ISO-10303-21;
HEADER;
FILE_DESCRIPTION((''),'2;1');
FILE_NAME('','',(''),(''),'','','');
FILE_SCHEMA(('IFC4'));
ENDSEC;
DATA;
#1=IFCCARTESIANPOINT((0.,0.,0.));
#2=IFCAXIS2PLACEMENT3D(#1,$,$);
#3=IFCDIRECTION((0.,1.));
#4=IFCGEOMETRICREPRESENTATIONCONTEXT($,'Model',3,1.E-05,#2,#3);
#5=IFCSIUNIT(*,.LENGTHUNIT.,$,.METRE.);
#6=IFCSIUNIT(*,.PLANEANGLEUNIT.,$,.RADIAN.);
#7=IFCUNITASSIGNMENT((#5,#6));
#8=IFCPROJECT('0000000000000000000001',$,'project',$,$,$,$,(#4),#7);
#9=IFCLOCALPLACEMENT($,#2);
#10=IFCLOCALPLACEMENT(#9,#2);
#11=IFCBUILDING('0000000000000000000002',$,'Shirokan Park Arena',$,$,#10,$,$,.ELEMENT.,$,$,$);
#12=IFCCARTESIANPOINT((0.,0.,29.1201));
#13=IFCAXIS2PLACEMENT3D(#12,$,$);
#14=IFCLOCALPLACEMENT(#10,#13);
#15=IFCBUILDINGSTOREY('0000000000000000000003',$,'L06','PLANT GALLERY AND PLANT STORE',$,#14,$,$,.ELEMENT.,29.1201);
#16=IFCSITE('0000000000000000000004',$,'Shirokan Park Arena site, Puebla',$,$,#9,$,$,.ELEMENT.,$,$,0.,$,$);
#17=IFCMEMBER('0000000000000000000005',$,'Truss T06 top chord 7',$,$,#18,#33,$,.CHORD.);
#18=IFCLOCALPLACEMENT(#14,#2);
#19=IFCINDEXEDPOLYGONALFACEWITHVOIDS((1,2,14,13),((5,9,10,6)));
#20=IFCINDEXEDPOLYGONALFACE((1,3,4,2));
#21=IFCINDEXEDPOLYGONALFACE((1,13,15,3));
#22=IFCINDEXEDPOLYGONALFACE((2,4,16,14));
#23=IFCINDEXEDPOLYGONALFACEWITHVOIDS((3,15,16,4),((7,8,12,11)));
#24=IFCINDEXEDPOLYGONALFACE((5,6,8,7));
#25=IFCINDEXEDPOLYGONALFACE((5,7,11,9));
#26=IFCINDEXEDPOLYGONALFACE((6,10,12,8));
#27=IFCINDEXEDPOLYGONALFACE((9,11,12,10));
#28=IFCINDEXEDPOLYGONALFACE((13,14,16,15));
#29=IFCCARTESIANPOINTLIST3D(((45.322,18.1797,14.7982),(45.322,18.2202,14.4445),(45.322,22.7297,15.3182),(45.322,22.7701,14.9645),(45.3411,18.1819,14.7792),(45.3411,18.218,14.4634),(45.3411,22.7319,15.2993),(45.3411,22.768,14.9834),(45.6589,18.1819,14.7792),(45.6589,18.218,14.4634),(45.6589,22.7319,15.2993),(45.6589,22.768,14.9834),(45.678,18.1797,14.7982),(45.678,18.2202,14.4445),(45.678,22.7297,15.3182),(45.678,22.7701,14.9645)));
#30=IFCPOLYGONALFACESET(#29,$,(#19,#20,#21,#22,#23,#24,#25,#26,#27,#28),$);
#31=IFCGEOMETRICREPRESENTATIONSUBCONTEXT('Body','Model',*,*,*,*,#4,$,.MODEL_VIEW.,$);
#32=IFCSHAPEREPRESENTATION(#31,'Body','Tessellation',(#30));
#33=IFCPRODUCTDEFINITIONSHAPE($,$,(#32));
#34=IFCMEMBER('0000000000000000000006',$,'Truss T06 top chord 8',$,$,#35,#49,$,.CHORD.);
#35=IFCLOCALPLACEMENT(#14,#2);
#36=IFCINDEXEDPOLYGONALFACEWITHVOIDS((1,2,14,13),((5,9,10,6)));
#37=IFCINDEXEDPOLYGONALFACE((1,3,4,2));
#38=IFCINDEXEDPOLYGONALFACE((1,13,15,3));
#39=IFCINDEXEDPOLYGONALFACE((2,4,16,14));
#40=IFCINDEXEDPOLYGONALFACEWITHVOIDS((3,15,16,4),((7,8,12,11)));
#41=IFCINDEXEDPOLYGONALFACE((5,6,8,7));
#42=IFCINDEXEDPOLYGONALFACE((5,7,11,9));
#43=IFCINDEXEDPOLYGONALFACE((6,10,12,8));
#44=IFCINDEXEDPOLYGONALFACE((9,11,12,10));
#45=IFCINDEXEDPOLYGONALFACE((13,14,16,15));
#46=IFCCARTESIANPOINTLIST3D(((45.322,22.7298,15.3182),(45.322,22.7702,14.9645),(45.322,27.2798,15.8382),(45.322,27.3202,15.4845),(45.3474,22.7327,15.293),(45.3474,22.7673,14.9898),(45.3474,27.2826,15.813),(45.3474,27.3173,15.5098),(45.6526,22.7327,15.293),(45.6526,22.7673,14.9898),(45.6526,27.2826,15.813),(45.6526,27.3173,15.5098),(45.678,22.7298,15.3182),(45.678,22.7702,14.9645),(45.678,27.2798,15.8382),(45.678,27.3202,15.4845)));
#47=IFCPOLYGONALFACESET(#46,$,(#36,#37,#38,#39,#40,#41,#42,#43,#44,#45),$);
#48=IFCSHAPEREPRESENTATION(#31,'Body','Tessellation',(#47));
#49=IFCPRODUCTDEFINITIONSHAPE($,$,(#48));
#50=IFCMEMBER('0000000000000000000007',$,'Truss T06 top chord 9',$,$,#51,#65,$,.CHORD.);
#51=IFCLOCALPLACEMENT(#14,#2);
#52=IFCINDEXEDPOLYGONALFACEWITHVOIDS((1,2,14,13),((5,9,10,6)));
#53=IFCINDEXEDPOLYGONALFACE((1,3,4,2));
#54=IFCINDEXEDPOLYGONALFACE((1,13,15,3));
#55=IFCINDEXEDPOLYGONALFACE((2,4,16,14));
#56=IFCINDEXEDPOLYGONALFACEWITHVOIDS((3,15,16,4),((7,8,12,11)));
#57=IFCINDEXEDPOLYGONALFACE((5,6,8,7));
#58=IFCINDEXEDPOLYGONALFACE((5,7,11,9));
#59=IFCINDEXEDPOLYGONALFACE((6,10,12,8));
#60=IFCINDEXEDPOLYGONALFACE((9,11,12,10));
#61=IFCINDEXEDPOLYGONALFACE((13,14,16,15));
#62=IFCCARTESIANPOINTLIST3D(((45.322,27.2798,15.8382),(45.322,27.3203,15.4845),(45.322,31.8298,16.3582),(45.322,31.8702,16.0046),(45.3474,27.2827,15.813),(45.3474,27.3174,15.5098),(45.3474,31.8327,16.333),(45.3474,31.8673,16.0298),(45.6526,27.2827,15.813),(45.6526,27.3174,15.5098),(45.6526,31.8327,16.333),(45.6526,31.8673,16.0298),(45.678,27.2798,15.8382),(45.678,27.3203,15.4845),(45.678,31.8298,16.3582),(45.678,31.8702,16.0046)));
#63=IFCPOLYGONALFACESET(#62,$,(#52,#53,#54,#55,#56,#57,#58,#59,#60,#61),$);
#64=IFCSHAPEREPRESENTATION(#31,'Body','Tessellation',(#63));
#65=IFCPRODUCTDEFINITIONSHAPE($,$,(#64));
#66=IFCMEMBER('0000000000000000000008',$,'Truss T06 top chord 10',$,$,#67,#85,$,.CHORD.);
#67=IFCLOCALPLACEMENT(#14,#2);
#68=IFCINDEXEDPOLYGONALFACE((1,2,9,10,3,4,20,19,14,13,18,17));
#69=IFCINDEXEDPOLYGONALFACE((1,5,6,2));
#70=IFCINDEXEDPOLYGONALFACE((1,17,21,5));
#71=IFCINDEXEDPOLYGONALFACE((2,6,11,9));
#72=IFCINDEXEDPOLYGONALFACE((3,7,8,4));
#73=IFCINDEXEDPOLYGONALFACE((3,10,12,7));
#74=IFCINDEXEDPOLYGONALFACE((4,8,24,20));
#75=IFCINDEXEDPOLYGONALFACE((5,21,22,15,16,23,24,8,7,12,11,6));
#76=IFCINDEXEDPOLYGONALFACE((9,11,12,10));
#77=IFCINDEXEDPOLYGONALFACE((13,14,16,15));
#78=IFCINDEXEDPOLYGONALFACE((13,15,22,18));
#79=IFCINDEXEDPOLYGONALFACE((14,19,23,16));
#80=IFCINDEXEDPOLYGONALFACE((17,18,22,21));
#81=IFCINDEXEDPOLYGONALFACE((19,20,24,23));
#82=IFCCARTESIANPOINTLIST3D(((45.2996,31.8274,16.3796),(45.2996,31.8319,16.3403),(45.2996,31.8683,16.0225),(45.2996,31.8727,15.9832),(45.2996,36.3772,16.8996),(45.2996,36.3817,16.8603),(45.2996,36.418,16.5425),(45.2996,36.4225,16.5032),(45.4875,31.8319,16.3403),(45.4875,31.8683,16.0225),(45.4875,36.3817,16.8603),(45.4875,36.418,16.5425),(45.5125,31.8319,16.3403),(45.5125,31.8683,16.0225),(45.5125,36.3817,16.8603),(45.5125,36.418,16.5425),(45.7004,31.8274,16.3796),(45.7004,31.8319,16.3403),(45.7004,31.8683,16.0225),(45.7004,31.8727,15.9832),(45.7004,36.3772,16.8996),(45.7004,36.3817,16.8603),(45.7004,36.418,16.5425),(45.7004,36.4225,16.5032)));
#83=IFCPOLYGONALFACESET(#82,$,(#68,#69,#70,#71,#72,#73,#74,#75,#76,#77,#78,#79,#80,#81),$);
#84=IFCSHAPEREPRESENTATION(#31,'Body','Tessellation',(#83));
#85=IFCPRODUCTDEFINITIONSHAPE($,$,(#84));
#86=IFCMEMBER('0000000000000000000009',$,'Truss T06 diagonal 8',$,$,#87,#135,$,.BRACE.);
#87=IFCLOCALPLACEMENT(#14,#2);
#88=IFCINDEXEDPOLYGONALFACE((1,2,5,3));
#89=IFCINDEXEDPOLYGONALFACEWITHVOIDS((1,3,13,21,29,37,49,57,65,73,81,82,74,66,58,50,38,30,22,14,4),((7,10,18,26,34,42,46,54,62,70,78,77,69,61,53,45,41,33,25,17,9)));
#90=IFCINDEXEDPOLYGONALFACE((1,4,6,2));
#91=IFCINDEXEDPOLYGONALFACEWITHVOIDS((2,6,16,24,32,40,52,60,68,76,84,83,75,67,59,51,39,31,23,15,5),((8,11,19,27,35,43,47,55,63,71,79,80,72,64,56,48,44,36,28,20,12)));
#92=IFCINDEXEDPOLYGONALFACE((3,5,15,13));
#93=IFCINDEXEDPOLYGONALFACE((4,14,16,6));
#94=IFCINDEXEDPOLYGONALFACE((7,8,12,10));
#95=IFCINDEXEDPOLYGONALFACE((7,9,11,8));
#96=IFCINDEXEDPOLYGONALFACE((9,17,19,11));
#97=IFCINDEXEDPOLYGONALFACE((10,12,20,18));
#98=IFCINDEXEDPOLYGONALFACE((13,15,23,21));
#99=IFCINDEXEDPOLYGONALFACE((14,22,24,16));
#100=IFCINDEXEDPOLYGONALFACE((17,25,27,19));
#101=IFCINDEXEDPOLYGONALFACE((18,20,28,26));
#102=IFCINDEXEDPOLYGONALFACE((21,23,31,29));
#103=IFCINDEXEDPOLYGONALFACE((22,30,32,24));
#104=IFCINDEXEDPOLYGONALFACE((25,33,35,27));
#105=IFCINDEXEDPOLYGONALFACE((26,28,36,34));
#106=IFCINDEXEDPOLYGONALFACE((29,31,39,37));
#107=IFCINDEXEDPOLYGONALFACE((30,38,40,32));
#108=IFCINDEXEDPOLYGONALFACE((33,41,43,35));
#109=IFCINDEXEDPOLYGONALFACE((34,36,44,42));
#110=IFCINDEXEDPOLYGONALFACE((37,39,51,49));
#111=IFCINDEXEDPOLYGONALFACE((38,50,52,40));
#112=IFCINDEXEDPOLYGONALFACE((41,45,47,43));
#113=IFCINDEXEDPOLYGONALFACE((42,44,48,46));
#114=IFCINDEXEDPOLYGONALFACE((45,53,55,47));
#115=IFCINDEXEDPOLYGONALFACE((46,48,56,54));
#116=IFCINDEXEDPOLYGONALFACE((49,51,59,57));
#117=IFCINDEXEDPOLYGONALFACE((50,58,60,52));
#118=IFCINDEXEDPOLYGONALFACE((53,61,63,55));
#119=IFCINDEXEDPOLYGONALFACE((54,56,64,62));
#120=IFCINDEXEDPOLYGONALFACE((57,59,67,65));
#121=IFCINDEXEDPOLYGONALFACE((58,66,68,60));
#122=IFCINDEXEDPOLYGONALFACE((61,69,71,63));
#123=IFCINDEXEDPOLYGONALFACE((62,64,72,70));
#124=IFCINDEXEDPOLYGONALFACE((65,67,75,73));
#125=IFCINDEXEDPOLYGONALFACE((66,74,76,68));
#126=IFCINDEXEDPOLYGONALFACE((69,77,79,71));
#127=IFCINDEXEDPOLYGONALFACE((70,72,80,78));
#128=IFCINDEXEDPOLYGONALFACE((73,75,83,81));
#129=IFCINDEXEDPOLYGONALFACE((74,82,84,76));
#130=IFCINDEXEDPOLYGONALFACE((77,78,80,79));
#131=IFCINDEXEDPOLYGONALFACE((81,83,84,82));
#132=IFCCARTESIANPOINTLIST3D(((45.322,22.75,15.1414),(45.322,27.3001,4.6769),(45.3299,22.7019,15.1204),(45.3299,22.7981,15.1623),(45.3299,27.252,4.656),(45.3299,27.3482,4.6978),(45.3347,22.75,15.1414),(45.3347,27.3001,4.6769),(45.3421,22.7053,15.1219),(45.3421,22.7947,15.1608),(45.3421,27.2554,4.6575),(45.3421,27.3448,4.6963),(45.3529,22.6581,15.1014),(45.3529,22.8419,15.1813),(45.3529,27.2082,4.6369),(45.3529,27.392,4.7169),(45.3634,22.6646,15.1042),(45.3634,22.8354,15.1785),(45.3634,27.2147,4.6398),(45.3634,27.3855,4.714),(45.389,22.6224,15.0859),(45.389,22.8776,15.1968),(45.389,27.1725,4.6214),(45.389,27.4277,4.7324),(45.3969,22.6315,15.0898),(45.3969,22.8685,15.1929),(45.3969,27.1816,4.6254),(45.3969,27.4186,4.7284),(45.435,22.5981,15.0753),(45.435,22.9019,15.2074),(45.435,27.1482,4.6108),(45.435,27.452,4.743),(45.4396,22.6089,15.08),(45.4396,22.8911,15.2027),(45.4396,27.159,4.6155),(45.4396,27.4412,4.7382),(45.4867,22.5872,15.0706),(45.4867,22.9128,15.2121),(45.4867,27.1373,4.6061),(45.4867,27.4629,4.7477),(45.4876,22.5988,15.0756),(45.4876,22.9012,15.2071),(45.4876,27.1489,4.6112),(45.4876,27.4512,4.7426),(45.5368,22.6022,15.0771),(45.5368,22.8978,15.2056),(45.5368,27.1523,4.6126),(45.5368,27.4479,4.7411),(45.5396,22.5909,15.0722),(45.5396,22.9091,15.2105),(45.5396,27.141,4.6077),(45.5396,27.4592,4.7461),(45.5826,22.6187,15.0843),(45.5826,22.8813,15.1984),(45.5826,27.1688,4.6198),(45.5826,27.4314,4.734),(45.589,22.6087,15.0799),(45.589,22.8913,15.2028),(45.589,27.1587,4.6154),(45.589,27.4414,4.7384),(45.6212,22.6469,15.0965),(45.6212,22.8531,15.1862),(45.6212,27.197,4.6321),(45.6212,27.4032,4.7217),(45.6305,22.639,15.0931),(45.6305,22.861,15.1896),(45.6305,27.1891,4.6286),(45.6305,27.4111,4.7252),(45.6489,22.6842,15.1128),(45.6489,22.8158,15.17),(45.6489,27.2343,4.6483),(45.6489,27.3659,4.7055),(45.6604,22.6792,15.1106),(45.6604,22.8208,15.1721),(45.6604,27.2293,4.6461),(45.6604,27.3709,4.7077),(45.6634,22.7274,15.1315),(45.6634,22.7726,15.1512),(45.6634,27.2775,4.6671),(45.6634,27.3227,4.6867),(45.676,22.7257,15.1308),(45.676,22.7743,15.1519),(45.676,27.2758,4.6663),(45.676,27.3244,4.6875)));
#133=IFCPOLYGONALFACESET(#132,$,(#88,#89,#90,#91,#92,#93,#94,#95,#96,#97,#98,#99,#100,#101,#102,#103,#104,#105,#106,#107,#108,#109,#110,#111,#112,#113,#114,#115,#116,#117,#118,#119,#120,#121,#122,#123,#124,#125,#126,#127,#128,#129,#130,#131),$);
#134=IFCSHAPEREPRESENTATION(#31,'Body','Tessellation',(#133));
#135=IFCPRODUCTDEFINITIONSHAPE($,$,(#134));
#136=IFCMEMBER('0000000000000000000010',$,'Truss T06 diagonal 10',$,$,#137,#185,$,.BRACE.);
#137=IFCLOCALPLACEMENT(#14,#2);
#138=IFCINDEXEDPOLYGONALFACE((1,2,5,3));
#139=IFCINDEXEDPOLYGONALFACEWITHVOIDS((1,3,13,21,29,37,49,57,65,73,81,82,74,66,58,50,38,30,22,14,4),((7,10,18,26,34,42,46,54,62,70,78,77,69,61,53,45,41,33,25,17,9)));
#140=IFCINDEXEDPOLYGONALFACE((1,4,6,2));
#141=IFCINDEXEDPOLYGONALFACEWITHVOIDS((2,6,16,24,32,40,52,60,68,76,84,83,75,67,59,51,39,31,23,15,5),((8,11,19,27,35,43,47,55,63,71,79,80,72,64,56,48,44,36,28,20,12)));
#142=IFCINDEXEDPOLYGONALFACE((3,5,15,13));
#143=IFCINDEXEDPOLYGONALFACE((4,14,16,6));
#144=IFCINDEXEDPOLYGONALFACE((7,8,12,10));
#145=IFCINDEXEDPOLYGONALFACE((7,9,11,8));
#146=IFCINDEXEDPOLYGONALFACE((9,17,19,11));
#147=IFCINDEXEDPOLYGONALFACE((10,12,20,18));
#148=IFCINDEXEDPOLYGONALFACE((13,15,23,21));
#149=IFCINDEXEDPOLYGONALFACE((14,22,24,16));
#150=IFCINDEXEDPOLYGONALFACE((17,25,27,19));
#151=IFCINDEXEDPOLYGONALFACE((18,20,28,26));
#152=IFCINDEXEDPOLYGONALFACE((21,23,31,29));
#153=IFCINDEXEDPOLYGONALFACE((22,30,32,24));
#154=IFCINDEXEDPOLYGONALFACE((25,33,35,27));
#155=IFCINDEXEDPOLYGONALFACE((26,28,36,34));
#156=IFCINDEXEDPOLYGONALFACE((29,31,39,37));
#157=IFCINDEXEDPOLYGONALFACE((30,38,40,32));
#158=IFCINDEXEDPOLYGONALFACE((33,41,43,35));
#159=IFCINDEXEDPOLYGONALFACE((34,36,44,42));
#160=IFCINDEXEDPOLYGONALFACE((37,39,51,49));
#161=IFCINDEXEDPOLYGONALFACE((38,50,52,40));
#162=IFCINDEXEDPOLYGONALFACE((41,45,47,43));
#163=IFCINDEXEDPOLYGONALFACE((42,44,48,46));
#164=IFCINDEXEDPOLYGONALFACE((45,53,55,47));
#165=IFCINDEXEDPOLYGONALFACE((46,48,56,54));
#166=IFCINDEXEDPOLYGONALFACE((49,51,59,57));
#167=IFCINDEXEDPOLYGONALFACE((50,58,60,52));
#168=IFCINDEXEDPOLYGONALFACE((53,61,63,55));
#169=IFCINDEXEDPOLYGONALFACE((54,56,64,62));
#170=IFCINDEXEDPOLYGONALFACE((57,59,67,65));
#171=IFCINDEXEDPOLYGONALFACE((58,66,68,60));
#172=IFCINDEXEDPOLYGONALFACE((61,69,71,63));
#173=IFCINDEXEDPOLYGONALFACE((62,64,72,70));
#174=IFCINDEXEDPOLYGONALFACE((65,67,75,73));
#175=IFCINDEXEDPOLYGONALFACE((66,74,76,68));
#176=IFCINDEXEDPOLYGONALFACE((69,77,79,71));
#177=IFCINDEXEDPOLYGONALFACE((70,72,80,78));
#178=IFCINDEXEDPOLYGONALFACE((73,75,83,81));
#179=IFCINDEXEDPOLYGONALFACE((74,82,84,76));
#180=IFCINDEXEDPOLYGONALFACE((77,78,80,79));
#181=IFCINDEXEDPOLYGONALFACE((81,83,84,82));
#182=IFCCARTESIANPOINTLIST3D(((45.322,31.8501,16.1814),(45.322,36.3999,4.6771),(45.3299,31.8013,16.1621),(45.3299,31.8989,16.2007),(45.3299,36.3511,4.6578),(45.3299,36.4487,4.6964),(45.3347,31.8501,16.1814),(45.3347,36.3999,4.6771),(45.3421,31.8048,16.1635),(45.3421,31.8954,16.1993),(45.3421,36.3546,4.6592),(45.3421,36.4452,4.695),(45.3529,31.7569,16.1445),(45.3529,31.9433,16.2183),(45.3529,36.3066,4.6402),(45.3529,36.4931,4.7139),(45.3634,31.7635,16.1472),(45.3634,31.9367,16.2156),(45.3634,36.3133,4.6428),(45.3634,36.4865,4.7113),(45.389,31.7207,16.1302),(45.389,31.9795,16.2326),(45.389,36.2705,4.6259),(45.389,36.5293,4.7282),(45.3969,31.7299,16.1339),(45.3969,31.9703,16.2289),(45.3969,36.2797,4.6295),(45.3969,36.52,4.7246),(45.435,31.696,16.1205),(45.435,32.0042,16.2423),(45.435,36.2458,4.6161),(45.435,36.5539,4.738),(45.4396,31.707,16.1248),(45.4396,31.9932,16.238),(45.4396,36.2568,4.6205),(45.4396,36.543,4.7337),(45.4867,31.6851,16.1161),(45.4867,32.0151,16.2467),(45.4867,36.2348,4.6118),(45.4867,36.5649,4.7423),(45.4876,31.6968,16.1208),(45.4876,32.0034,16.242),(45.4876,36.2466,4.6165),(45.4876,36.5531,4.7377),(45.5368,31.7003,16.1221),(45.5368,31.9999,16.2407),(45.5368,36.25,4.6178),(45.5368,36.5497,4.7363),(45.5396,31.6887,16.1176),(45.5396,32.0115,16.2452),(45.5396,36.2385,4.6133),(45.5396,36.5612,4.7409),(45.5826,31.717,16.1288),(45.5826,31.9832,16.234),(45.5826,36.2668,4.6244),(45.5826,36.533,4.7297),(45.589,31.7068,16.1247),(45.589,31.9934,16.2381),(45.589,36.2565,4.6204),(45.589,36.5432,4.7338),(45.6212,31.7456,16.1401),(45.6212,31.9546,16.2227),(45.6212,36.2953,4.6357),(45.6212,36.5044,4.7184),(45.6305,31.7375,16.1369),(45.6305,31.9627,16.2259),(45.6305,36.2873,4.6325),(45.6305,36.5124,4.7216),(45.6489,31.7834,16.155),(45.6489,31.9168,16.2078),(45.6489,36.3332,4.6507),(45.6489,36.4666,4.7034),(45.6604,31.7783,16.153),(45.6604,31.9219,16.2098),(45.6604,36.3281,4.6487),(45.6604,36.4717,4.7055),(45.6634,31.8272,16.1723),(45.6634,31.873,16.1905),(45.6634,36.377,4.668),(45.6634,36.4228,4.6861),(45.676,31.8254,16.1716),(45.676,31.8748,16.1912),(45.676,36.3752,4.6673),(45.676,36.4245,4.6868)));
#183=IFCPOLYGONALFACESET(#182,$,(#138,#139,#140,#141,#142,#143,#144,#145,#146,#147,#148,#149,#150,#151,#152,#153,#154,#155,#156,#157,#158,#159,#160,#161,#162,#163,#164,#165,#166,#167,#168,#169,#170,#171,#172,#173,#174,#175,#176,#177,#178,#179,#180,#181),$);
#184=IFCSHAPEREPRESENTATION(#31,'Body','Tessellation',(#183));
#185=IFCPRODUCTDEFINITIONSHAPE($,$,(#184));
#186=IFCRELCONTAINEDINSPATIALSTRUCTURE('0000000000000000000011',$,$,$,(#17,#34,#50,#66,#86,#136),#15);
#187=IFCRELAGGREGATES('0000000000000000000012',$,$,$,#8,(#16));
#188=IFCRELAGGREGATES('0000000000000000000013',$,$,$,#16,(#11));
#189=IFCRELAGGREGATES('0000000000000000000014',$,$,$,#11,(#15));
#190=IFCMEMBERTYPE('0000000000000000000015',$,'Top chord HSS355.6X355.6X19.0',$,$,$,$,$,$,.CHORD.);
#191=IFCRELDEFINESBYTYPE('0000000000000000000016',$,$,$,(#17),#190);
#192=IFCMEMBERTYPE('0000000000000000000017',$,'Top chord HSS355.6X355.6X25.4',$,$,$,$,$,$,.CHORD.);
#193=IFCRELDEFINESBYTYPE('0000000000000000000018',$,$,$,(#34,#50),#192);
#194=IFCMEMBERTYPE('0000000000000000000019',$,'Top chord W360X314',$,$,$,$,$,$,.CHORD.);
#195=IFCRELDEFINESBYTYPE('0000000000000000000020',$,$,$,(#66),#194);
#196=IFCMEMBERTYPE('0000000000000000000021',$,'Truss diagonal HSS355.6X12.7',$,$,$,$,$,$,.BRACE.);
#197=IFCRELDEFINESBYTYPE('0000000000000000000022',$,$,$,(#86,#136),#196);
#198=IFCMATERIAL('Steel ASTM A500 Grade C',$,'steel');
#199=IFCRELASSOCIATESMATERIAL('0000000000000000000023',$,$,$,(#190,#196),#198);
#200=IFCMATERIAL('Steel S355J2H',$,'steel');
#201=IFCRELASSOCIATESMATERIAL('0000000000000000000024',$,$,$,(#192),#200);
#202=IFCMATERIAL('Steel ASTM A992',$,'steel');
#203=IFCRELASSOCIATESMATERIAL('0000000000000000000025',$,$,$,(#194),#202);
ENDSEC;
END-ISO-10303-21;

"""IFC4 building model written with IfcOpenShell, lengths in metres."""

from ifc_helpers import new_model, si_unit, direction, frame, origin, origin_2d, place, context, subcontext, project, spatial, hollow_rectangle, hollow_circle, i_section, extrude, material, material_profile, profile_set, type_object, element, save


model = new_model("IFC4")

# Units and contexts
model_context = context("Model", 3, precision=1e-05, world=origin(), true_north=direction((0.0, 1.0)))
body_context = subcontext(model_context, "Body", "Model", "MODEL_VIEW")
ifc_project = project(units=[si_unit("LENGTHUNIT", "METRE"), si_unit("PLANEANGLEUNIT", "RADIAN")], contexts=[model_context])

# Site, building, storey
site_placement = place(None, origin())
site = spatial("IfcSite", under=ifc_project, at=site_placement, Name="Shirokan Park Arena site, Puebla", CompositionType="ELEMENT", RefElevation=0.0)
building_placement = place(site_placement, origin())
building = spatial("IfcBuilding", under=site, at=building_placement, Name="Shirokan Park Arena", CompositionType="ELEMENT")
storey_placement = place(building_placement, frame((0.0, 0.0, 29.1201)))
storey = spatial("IfcBuildingStorey", under=building, at=storey_placement, Name="L06", Description="PLANT GALLERY AND PLANT STORE", CompositionType="ELEMENT", Elevation=29.1201)

# Members
ifc_material_1 = material(Name="Steel ASTM A992", Category="steel")
ifc_material_2 = material(Name="Steel ASTM A500 Grade C", Category="steel")
ifc_material_profile_1 = material_profile(ifc_material_2, hollow_rectangle(XDim=0.356, YDim=0.356, WallThickness=0.019, at=origin_2d()), Name="HSS355.6X355.6X19.0")
ifc_profile_set_1 = profile_set([ifc_material_profile_1], Name="Steel ASTM A500 Grade C")
member_type_1 = type_object("IfcMemberType", Name="Top chord HSS355.6X355.6X19.0", PredefinedType="CHORD", material=ifc_profile_set_1)
member_1_placement = place(storey_placement, frame((45.5, 18.2, 14.6213), z_axis=(0.0, 0.993532, 0.11355), x_axis=(-1.0, 0.0, 0.0)))
element("IfcMember", 1, at=member_1_placement, inside=storey, type_object=member_type_1, Name="Truss T06 top chord 7", PredefinedType="CHORD", context=body_context, shape_type="SweptSolid", body=[
    extrude(hollow_rectangle(XDim=0.356, YDim=0.356, WallThickness=0.019, at=origin_2d()), origin(), (0.0, 0.0, 1.0), 4.5796),
])
ifc_material_3 = material(Name="Steel S355J2H", Category="steel")
ifc_material_profile_2 = material_profile(ifc_material_3, hollow_rectangle(XDim=0.356, YDim=0.356, WallThickness=0.0254, at=origin_2d()), Name="HSS355.6X355.6X25.4")
ifc_profile_set_2 = profile_set([ifc_material_profile_2], Name="Steel S355J2H")
member_type_2 = type_object("IfcMemberType", Name="Top chord HSS355.6X355.6X25.4", PredefinedType="CHORD", material=ifc_profile_set_2)
for number, where, z_axis, x_axis, name in (
    (2, (45.5, 22.75, 15.1414), (0.0, 0.993532, 0.11355), (-1.0, 0.0, 0.0), "Truss T06 top chord 8"),
    (3, (45.5, 27.3, 15.6614), (0.0, 0.993532, 0.11355), (-1.0, 0.0, 0.0), "Truss T06 top chord 9"),
):
    element("IfcMember", number, at=place(storey_placement, frame(where, z_axis=z_axis, x_axis=x_axis)), inside=storey, type_object=member_type_2, Name=name, PredefinedType="CHORD", context=body_context, shape_type="SweptSolid", body=[
        extrude(hollow_rectangle(XDim=0.356, YDim=0.356, WallThickness=0.0254, at=origin_2d()), origin(), (0.0, 0.0, 1.0), 4.5796),
    ])
ifc_material_profile_3 = material_profile(ifc_material_1, i_section(OverallWidth=0.4009, OverallDepth=0.3989, WebThickness=0.0249, FlangeThickness=0.0396, at=origin_2d()), Name="W360X314")
ifc_profile_set_3 = profile_set([ifc_material_profile_3], Name="Steel ASTM A992")
member_type_3 = type_object("IfcMemberType", Name="Top chord W360X314", PredefinedType="CHORD", material=ifc_profile_set_3)
member_2_placement = place(storey_placement, frame((45.5, 31.8501, 16.1814), z_axis=(0.0, 0.993532, 0.113556), x_axis=(-1.0, 0.0, 0.0)))
element("IfcMember", 4, at=member_2_placement, inside=storey, type_object=member_type_3, Name="Truss T06 top chord 10", PredefinedType="CHORD", context=body_context, shape_type="SweptSolid", body=[
    extrude(i_section(OverallWidth=0.4009, OverallDepth=0.3989, WebThickness=0.0249, FlangeThickness=0.0396, at=origin_2d()), origin(), (0.0, 0.0, 1.0), 4.5793),
])
ifc_material_profile_4 = material_profile(ifc_material_2, hollow_circle(Radius=0.178, WallThickness=0.0127, at=origin_2d()), Name="HSS355.6X12.7")
ifc_profile_set_4 = profile_set([ifc_material_profile_4], Name="Steel ASTM A500 Grade C")
member_type_4 = type_object("IfcMemberType", Name="Truss diagonal HSS355.6X12.7", PredefinedType="BRACE", material=ifc_profile_set_4)
member_3_placement = place(storey_placement, frame((45.5, 22.75, 15.1414), z_axis=(0.0, 0.39875, -0.91706), x_axis=(-1.0, 0.0, 0.0)))
element("IfcMember", 5, at=member_3_placement, inside=storey, type_object=member_type_4, Name="Truss T06 diagonal 8", PredefinedType="BRACE", context=body_context, shape_type="SweptSolid", body=[
    extrude(hollow_circle(Radius=0.178, WallThickness=0.0127, at=origin_2d()), origin(), (0.0, 0.0, 1.0), 11.4109),
])
member_4_placement = place(storey_placement, frame((45.5, 31.8501, 16.1814), z_axis=(0.0, 0.367768, -0.929918), x_axis=(-1.0, 0.0, 0.0)))
element("IfcMember", 6, at=member_4_placement, inside=storey, type_object=member_type_4, Name="Truss T06 diagonal 10", PredefinedType="BRACE", context=body_context, shape_type="SweptSolid", body=[
    extrude(hollow_circle(Radius=0.178, WallThickness=0.0127, at=origin_2d()), origin(), (0.0, 0.0, 1.0), 12.3713),
])

save(model, "model.ifc")
